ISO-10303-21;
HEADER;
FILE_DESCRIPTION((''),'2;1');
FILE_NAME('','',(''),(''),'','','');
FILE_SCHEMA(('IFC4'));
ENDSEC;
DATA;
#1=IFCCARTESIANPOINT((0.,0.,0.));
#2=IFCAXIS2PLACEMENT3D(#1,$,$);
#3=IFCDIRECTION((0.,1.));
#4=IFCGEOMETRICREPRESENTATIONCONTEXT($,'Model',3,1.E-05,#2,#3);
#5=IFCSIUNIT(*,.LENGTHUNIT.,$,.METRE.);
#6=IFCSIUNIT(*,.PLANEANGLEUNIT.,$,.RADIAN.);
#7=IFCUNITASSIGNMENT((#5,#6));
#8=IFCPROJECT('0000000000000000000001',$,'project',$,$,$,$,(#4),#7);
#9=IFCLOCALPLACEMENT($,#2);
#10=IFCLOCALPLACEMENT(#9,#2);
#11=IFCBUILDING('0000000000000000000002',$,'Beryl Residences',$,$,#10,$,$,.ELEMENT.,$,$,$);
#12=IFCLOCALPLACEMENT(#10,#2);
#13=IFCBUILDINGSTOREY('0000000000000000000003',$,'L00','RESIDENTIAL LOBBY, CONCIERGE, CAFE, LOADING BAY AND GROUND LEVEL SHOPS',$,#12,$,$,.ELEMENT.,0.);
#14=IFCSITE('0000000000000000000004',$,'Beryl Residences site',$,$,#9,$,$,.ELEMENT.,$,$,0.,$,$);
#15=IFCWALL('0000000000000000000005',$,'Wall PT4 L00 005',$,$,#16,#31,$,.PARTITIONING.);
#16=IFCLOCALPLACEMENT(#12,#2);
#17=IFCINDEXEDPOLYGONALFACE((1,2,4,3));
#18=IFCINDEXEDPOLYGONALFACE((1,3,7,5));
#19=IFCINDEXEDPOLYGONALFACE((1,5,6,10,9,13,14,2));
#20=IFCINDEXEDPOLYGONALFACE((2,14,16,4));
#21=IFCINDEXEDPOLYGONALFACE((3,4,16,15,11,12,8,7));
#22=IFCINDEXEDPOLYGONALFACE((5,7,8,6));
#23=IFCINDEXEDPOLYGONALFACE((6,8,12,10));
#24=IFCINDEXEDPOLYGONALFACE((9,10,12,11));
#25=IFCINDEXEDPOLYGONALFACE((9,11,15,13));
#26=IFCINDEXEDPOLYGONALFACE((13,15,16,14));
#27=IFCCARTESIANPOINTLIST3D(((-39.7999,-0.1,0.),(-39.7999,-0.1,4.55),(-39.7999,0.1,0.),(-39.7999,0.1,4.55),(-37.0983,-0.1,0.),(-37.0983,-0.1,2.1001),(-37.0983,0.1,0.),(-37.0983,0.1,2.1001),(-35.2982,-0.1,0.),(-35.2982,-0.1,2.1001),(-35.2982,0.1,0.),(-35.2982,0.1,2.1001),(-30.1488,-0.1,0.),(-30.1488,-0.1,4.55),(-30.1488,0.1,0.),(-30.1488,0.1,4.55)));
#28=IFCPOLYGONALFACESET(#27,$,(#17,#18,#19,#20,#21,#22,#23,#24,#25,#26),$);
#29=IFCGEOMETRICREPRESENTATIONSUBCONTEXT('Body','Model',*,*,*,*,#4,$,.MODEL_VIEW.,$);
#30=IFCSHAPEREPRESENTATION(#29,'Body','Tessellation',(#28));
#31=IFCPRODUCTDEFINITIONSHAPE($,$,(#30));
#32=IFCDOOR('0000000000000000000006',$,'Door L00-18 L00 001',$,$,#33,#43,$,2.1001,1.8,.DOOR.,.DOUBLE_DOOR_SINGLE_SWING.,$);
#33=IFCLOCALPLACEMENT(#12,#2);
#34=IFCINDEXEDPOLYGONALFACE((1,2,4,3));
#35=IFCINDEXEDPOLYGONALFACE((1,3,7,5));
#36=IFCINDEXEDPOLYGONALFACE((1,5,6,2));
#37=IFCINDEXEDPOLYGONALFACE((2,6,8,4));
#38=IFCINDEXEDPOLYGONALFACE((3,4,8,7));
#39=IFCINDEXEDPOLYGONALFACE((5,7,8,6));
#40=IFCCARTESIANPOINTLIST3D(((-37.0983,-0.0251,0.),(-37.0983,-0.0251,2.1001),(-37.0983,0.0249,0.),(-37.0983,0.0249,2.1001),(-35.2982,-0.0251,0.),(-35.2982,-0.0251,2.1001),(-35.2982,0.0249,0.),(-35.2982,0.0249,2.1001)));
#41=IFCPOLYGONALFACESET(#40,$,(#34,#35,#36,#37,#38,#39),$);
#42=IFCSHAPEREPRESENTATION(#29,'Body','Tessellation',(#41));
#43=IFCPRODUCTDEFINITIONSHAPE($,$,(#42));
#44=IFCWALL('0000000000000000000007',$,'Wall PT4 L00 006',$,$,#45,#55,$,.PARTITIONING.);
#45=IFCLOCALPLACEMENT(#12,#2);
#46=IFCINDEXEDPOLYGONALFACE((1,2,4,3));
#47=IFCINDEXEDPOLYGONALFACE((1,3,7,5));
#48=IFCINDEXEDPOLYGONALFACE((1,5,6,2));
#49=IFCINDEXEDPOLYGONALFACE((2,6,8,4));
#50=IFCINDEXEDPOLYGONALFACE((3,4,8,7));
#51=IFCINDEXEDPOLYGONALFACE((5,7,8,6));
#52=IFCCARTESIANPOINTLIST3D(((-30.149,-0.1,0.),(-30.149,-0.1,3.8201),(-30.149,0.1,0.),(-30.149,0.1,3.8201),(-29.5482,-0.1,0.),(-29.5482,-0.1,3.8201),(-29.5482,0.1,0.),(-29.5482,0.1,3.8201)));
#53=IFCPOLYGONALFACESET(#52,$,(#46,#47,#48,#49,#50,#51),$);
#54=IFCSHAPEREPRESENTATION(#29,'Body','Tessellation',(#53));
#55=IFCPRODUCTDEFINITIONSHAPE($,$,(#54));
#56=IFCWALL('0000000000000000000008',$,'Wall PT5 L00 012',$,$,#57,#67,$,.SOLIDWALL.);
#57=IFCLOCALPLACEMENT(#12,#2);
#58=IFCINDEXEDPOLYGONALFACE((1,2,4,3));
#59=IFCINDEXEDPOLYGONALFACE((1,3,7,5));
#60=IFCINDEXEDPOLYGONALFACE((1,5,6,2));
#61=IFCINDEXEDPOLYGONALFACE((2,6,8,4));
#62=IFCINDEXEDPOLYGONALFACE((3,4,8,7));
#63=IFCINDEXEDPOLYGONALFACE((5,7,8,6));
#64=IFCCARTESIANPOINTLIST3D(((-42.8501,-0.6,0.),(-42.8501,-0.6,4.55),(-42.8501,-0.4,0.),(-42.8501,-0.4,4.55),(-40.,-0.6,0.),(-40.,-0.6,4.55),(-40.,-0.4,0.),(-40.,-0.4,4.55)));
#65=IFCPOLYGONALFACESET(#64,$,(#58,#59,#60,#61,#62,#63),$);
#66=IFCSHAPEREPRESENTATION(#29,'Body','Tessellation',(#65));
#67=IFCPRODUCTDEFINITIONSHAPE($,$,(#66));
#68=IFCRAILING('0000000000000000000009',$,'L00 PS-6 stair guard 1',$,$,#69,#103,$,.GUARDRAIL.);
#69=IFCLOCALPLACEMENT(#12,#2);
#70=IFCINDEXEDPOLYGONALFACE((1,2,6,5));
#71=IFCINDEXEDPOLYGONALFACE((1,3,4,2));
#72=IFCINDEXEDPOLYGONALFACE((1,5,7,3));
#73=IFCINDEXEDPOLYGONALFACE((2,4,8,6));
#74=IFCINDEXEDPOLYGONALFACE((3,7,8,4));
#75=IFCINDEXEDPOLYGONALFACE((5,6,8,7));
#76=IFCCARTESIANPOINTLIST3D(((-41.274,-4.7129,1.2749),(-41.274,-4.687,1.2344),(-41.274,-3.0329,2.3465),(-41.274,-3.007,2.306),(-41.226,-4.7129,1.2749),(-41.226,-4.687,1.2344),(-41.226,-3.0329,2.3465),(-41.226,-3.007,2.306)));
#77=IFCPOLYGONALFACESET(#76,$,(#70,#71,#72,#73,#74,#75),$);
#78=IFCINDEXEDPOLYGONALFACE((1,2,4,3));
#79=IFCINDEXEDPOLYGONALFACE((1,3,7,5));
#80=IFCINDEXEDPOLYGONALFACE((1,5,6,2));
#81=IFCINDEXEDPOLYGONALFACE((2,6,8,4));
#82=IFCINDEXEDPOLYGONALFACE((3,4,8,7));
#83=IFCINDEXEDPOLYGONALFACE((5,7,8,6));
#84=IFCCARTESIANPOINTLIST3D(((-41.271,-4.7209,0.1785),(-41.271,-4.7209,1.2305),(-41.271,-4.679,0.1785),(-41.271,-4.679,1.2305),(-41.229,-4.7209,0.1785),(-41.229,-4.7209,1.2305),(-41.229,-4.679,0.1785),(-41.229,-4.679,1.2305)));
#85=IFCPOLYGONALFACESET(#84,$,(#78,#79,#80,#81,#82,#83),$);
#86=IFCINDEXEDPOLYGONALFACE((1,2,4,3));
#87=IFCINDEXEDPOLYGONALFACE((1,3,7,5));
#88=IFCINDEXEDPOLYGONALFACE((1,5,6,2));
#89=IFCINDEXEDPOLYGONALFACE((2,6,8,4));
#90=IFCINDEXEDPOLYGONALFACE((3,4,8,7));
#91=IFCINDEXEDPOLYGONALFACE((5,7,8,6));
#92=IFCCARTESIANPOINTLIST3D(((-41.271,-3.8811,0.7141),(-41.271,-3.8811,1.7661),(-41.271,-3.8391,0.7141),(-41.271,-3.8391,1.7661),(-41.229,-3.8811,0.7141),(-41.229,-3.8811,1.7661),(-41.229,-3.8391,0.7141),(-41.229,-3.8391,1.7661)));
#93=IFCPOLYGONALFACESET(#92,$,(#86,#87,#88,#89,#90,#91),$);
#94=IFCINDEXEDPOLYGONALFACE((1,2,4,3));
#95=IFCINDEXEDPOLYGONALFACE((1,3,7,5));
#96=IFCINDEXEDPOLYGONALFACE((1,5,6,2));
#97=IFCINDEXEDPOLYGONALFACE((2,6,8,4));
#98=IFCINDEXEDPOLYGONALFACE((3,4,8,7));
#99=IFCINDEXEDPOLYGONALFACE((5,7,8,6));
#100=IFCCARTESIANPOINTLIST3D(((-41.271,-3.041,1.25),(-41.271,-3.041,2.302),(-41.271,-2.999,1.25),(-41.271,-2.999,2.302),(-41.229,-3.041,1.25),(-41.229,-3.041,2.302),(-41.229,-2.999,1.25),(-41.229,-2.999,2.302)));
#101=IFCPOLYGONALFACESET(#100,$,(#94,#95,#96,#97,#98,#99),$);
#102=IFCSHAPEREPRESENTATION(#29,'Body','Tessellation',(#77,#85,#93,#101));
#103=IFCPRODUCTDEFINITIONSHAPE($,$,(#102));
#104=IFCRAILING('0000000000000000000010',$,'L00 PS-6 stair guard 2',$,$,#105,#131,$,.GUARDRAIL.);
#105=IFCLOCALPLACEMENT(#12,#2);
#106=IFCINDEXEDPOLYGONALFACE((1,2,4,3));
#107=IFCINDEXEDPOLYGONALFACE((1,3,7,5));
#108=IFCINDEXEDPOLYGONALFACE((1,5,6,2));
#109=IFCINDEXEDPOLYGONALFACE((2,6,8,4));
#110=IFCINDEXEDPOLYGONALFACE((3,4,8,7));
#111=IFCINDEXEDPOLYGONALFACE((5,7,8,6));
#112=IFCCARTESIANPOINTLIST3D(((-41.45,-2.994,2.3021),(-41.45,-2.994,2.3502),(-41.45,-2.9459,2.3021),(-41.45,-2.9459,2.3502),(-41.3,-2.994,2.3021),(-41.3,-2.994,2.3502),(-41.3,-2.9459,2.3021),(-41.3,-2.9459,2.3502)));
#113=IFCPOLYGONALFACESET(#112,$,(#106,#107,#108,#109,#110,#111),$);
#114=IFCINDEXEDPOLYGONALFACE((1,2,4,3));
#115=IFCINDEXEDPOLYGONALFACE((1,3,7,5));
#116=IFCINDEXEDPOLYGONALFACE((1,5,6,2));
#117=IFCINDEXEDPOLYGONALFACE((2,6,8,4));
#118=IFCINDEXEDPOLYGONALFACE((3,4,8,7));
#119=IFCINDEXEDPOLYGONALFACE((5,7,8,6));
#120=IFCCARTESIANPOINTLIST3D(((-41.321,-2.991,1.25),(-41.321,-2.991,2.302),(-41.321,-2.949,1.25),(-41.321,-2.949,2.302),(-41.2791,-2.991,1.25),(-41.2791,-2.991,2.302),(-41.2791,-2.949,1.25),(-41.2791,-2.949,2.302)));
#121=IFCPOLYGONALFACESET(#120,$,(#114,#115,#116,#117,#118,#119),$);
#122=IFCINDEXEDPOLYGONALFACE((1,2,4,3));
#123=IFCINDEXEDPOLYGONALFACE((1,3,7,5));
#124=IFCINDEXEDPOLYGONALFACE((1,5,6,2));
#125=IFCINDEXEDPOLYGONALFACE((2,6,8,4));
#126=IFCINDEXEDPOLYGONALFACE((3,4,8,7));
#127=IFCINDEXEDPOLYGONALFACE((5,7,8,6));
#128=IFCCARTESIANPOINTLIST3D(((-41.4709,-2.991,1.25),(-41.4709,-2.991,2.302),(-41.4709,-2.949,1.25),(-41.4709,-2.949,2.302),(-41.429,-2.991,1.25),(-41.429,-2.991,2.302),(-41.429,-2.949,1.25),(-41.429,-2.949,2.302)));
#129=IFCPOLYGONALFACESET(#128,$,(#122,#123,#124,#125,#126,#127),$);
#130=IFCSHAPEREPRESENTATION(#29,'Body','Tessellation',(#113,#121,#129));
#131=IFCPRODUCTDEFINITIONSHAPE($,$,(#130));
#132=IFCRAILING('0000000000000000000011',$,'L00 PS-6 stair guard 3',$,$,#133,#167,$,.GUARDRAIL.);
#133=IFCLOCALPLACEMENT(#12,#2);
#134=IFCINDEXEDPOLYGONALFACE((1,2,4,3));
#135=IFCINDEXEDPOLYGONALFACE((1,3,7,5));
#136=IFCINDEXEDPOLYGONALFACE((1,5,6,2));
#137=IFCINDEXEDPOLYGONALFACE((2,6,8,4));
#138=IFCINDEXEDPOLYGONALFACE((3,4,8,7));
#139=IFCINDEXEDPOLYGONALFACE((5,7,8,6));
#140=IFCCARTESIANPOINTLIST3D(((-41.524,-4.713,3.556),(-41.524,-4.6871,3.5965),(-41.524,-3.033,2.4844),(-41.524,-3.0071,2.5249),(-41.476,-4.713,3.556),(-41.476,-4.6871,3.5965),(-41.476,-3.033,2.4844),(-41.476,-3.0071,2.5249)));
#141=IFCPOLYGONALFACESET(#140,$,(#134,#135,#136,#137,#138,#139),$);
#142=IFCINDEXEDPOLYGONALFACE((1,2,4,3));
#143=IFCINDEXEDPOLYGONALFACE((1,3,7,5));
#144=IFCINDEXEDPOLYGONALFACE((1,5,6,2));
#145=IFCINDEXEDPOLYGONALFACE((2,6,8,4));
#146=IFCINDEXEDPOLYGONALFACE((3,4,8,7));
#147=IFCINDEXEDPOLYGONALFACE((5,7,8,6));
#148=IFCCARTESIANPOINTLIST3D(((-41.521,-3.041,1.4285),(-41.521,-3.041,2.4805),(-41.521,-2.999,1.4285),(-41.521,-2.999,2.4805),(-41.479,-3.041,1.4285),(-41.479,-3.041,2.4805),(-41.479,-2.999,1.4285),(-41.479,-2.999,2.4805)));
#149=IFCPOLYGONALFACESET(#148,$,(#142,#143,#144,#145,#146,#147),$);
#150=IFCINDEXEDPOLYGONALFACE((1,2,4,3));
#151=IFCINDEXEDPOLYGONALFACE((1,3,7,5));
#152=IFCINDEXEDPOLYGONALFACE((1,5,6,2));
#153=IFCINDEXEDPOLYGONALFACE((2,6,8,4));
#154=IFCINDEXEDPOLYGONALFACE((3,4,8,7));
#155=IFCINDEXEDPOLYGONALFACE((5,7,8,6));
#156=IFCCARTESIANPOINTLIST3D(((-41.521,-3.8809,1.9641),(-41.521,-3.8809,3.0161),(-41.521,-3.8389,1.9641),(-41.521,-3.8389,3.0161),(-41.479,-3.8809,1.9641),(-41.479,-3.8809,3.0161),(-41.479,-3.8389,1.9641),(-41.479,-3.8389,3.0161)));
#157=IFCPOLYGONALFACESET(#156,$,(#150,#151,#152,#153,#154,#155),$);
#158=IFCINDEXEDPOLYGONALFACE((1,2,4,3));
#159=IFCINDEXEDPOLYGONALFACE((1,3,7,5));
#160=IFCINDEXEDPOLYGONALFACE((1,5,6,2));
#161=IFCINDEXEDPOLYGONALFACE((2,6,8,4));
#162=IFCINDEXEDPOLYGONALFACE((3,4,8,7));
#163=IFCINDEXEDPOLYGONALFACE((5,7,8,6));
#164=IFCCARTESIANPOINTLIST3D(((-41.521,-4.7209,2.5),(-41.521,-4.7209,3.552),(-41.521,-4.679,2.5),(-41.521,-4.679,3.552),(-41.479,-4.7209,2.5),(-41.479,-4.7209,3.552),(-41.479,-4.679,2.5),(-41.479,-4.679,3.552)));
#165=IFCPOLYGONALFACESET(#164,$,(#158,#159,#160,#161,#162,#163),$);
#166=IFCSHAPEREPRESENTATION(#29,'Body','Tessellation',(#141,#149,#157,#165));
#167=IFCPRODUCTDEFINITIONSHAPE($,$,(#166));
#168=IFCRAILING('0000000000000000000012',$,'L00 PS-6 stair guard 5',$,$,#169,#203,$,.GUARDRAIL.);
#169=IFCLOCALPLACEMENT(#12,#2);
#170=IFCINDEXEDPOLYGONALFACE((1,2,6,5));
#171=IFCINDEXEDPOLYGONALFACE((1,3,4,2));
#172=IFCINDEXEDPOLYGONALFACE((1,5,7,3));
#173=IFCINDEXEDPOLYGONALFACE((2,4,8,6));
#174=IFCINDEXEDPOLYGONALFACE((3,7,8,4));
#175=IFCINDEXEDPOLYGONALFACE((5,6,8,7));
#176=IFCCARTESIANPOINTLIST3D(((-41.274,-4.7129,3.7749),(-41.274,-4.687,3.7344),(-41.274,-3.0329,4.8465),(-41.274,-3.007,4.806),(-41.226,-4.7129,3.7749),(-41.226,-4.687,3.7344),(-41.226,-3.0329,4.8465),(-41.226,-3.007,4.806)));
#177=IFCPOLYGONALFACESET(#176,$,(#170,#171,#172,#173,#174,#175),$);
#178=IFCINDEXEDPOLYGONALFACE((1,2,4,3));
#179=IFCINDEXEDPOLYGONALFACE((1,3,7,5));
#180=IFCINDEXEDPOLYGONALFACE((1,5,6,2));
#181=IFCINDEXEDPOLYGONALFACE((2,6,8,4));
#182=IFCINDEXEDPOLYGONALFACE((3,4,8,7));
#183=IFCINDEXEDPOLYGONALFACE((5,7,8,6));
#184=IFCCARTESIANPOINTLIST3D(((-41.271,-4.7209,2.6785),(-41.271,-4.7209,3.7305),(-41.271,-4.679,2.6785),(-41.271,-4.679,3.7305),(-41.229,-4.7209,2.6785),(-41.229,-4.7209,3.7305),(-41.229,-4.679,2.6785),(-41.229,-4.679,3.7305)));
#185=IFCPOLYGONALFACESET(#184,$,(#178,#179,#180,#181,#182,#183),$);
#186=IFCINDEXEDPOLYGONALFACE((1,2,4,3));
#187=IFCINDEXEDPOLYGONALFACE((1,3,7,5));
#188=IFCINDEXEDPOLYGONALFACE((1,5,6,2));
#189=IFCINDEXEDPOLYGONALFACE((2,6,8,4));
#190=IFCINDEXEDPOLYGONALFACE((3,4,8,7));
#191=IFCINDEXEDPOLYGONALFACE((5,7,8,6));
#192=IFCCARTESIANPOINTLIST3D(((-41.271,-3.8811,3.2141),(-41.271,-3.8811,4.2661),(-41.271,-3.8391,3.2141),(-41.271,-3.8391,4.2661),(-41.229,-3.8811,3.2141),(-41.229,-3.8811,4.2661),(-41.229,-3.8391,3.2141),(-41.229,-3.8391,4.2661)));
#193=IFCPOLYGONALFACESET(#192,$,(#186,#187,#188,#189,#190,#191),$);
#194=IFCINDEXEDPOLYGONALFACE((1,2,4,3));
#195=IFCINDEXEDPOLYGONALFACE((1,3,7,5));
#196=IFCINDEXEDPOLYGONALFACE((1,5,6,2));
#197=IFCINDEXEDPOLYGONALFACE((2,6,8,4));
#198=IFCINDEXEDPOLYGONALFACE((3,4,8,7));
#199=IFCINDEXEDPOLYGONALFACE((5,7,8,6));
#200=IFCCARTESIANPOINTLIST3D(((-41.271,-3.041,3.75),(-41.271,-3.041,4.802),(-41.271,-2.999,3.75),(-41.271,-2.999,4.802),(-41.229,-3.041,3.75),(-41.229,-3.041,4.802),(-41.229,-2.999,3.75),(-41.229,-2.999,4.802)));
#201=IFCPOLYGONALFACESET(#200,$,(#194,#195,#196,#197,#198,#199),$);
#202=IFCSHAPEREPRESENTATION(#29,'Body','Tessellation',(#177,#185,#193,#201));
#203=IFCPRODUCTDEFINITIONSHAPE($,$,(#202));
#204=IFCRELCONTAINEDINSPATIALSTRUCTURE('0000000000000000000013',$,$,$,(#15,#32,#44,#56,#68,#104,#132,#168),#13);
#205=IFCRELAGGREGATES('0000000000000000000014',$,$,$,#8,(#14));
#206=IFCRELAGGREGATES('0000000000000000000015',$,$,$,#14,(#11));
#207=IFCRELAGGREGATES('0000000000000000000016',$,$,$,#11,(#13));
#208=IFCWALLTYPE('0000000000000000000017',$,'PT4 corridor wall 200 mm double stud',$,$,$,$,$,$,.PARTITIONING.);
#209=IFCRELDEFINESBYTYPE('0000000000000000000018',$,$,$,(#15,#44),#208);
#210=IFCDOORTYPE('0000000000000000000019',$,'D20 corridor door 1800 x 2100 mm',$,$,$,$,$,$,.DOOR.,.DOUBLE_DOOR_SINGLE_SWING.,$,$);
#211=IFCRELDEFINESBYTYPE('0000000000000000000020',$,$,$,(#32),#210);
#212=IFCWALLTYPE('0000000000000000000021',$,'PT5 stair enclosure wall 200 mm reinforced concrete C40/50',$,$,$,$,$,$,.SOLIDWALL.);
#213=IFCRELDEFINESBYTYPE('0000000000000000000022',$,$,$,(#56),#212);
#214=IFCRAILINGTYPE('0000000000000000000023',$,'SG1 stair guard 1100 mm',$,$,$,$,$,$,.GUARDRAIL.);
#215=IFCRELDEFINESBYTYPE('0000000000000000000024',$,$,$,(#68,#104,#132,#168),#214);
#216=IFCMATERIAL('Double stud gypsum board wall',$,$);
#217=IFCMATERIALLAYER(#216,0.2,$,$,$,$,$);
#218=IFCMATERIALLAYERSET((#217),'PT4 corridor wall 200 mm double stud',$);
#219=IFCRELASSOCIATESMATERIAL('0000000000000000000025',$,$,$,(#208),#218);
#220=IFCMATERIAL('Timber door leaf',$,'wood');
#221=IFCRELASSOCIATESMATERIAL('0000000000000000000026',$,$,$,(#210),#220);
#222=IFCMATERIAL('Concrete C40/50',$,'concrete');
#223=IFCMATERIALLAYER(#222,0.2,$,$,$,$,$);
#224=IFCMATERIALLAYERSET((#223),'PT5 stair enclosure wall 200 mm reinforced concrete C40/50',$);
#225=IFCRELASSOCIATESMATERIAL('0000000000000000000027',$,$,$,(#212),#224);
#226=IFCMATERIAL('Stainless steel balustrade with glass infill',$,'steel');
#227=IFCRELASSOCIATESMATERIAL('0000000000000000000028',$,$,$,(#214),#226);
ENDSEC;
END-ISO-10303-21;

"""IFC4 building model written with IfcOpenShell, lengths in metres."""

from ifc_helpers import new_model, si_unit, direction, frame, frame_2d, origin, origin_2d, place, context, subcontext, project, spatial, rectangle, extrude, material, layer, layer_set, type_object, element, fill, save


model = new_model("IFC4")

# Units and contexts
model_context = context("Model", 3, precision=1e-05, world=origin(), true_north=direction((0.0, 1.0)))
body_context = subcontext(model_context, "Body", "Model", "MODEL_VIEW")
ifc_project = project(units=[si_unit("LENGTHUNIT", "METRE"), si_unit("PLANEANGLEUNIT", "RADIAN")], contexts=[model_context])

# Site, building, storey
site_placement = place(None, origin())
site = spatial("IfcSite", under=ifc_project, at=site_placement, Name="Beryl Residences site", CompositionType="ELEMENT", RefElevation=0.0)
building_placement = place(site_placement, origin())
building = spatial("IfcBuilding", under=site, at=building_placement, Name="Beryl Residences", CompositionType="ELEMENT")
storey_placement = place(building_placement, origin())
storey = spatial("IfcBuildingStorey", under=building, at=storey_placement, Name="L00", Description="RESIDENTIAL LOBBY, CONCIERGE, CAFE, LOADING BAY AND GROUND LEVEL SHOPS", CompositionType="ELEMENT", Elevation=0.0)

# Wall, opening, door
ifc_material_1 = material(Name="Double stud gypsum board wall")
ifc_layer_1 = layer(ifc_material_1, 0.2)
ifc_layer_set_1 = layer_set([ifc_layer_1], Name="PT4 corridor wall 200 mm double stud")
wall_type_1 = type_object("IfcWallType", Name="PT4 corridor wall 200 mm double stud", PredefinedType="PARTITIONING", material=ifc_layer_set_1)
wall_1_placement = place(storey_placement, frame((-39.8, 0.0, 0.0), z_axis=(0.0, 0.0, 1.0), x_axis=(1.0, 0.0, 0.0)))
wall_1 = element("IfcWall", 1, at=wall_1_placement, inside=storey, type_object=wall_type_1, Name="Wall PT4 L00 005", PredefinedType="PARTITIONING", context=body_context, shape_type="SweptSolid", body=[
    extrude(rectangle(XDim=9.6511, YDim=0.2, at=frame_2d((4.8257, 0.0))), origin(), (0.0, 0.0, 1.0), 4.55),
])
opening_1_placement = place(wall_1_placement, frame((2.7019, 0.0, 0.0)))
opening_1 = element("IfcOpeningElement", 2, at=opening_1_placement, cuts=wall_1, PredefinedType="OPENING", context=body_context, shape_type="SweptSolid", body=[
    extrude(rectangle(XDim=1.8, YDim=2.1001, at=frame_2d((0.8999, 1.05))), frame((0.0, 0.1099, 0.0), z_axis=(0.0, -1.0, 0.0), x_axis=(1.0, 0.0, 0.0)), (0.0, 0.0, 1.0), 0.22),
])
ifc_material_2 = material(Name="Timber door leaf", Category="wood")
door_type_1 = type_object("IfcDoorType", Name="D20 corridor door 1800 x 2100 mm", OperationType="DOUBLE_DOOR_SINGLE_SWING", PredefinedType="DOOR", material=ifc_material_2)
door_1_placement = place(opening_1_placement, origin())
door_1 = element("IfcDoor", 3, at=door_1_placement, inside=storey, type_object=door_type_1, Name="Door L00-18 L00 001", OperationType="DOUBLE_DOOR_SINGLE_SWING", OverallHeight=2.1001, OverallWidth=1.8, PredefinedType="DOOR", context=body_context, shape_type="SweptSolid", body=[
    extrude(rectangle(XDim=1.8, YDim=2.1001, at=frame_2d((0.8999, 1.05))), frame((0.0, 0.0249, 0.0), z_axis=(0.0, -1.0, 0.0), x_axis=(1.0, 0.0, 0.0)), (0.0, 0.0, 1.0), 0.05),
])
fill(opening_1, door_1)

# Walls
wall_2_placement = place(storey_placement, frame((-30.1489, 0.0, 0.0), z_axis=(0.0, 0.0, 1.0), x_axis=(1.0, 0.0, 0.0)))
element("IfcWall", 4, at=wall_2_placement, inside=storey, type_object=wall_type_1, Name="Wall PT4 L00 006", PredefinedType="PARTITIONING", context=body_context, shape_type="SweptSolid", body=[
    extrude(rectangle(XDim=0.6008, YDim=0.2, at=frame_2d((0.3003, 0.0))), origin(), (0.0, 0.0, 1.0), 3.8201),
])
ifc_material_3 = material(Name="Concrete C40/50", Category="concrete")
ifc_layer_2 = layer(ifc_material_3, 0.2)
ifc_layer_set_2 = layer_set([ifc_layer_2], Name="PT5 stair enclosure wall 200 mm reinforced concrete C40/50")
wall_type_2 = type_object("IfcWallType", Name="PT5 stair enclosure wall 200 mm reinforced concrete C40/50", PredefinedType="SOLIDWALL", material=ifc_layer_set_2)
wall_3_placement = place(storey_placement, frame((-42.8501, -0.5, 0.0), z_axis=(0.0, 0.0, 1.0), x_axis=(1.0, 0.0, 0.0)))
element("IfcWall", 5, at=wall_3_placement, inside=storey, type_object=wall_type_2, Name="Wall PT5 L00 012", PredefinedType="SOLIDWALL", context=body_context, shape_type="SweptSolid", body=[
    extrude(rectangle(XDim=2.8501, YDim=0.2, at=frame_2d((1.425, 0.0))), origin(), (0.0, 0.0, 1.0), 4.55),
])

# Railings
ifc_material_4 = material(Name="Stainless steel balustrade with glass infill", Category="steel")
railing_type_1 = type_object("IfcRailingType", Name="SG1 stair guard 1100 mm", PredefinedType="GUARDRAIL", material=ifc_material_4)
railing_1_placement = place(storey_placement, frame((-41.25, -4.7, 0.1785)))
element("IfcRailing", 6, at=railing_1_placement, inside=storey, type_object=railing_type_1, Name="L00 PS-6 stair guard 1", PredefinedType="GUARDRAIL", context=body_context, shape_type="SweptSolid", body=[
    extrude(rectangle(XDim=0.0481, YDim=0.0481, at=origin_2d()), frame((0.0, 0.0, 1.0762), z_axis=(0.0, 0.843096, 0.537763), x_axis=(-1.0, 0.0, 0.0)), (0.0, 0.0, 1.0), 1.9927),
    extrude(rectangle(XDim=0.042, YDim=0.042, at=origin_2d()), origin(), (0.0, 0.0, 1.0), 1.052),
    extrude(rectangle(XDim=0.042, YDim=0.042, at=origin_2d()), frame((0.0, 0.8398, 0.5356)), (0.0, 0.0, 1.0), 1.052),
    extrude(rectangle(XDim=0.042, YDim=0.042, at=origin_2d()), frame((0.0, 1.6799, 1.0715)), (0.0, 0.0, 1.0), 1.052),
])
railing_2_placement = place(storey_placement, frame((-41.3, -2.97, 1.25)))
element("IfcRailing", 7, at=railing_2_placement, inside=storey, type_object=railing_type_1, Name="L00 PS-6 stair guard 2", PredefinedType="GUARDRAIL", context=body_context, shape_type="SweptSolid", body=[
    extrude(rectangle(XDim=0.0481, YDim=0.0481, at=origin_2d()), frame((0.0, 0.0, 1.0762), z_axis=(-1.0, 0.0, 0.0), x_axis=(0.0, -1.0, 0.0)), (0.0, 0.0, 1.0), 0.1499),
    extrude(rectangle(XDim=0.042, YDim=0.042, at=origin_2d()), origin(), (0.0, 0.0, 1.0), 1.052),
    extrude(rectangle(XDim=0.042, YDim=0.042, at=origin_2d()), frame((-0.1499, 0.0, 0.0)), (0.0, 0.0, 1.0), 1.052),
])
railing_3_placement = place(storey_placement, frame((-41.5, -3.02, 1.4285)))
element("IfcRailing", 8, at=railing_3_placement, inside=storey, type_object=railing_type_1, Name="L00 PS-6 stair guard 3", PredefinedType="GUARDRAIL", context=body_context, shape_type="SweptSolid", body=[
    extrude(rectangle(XDim=0.0481, YDim=0.0481, at=origin_2d()), frame((0.0, 0.0, 1.0762), z_axis=(0.0, -0.843096, 0.537763), x_axis=(1.0, 0.0, 0.0)), (0.0, 0.0, 1.0), 1.9927),
    extrude(rectangle(XDim=0.042, YDim=0.042, at=origin_2d()), origin(), (0.0, 0.0, 1.0), 1.052),
    extrude(rectangle(XDim=0.042, YDim=0.042, at=origin_2d()), frame((0.0, -0.8398, 0.5356)), (0.0, 0.0, 1.0), 1.052),
    extrude(rectangle(XDim=0.042, YDim=0.042, at=origin_2d()), frame((0.0, -1.6799, 1.0715)), (0.0, 0.0, 1.0), 1.052),
])
railing_4_placement = place(storey_placement, frame((-41.25, -4.7, 2.6785)))
element("IfcRailing", 9, at=railing_4_placement, inside=storey, type_object=railing_type_1, Name="L00 PS-6 stair guard 5", PredefinedType="GUARDRAIL", context=body_context, shape_type="SweptSolid", body=[
    extrude(rectangle(XDim=0.0481, YDim=0.0481, at=origin_2d()), frame((0.0, 0.0, 1.0762), z_axis=(0.0, 0.843096, 0.537763), x_axis=(-1.0, 0.0, 0.0)), (0.0, 0.0, 1.0), 1.9927),
    extrude(rectangle(XDim=0.042, YDim=0.042, at=origin_2d()), origin(), (0.0, 0.0, 1.0), 1.052),
    extrude(rectangle(XDim=0.042, YDim=0.042, at=origin_2d()), frame((0.0, 0.8398, 0.5356)), (0.0, 0.0, 1.0), 1.052),
    extrude(rectangle(XDim=0.042, YDim=0.042, at=origin_2d()), frame((0.0, 1.6799, 1.0715)), (0.0, 0.0, 1.0), 1.052),
])

save(model, "model.ifc")
